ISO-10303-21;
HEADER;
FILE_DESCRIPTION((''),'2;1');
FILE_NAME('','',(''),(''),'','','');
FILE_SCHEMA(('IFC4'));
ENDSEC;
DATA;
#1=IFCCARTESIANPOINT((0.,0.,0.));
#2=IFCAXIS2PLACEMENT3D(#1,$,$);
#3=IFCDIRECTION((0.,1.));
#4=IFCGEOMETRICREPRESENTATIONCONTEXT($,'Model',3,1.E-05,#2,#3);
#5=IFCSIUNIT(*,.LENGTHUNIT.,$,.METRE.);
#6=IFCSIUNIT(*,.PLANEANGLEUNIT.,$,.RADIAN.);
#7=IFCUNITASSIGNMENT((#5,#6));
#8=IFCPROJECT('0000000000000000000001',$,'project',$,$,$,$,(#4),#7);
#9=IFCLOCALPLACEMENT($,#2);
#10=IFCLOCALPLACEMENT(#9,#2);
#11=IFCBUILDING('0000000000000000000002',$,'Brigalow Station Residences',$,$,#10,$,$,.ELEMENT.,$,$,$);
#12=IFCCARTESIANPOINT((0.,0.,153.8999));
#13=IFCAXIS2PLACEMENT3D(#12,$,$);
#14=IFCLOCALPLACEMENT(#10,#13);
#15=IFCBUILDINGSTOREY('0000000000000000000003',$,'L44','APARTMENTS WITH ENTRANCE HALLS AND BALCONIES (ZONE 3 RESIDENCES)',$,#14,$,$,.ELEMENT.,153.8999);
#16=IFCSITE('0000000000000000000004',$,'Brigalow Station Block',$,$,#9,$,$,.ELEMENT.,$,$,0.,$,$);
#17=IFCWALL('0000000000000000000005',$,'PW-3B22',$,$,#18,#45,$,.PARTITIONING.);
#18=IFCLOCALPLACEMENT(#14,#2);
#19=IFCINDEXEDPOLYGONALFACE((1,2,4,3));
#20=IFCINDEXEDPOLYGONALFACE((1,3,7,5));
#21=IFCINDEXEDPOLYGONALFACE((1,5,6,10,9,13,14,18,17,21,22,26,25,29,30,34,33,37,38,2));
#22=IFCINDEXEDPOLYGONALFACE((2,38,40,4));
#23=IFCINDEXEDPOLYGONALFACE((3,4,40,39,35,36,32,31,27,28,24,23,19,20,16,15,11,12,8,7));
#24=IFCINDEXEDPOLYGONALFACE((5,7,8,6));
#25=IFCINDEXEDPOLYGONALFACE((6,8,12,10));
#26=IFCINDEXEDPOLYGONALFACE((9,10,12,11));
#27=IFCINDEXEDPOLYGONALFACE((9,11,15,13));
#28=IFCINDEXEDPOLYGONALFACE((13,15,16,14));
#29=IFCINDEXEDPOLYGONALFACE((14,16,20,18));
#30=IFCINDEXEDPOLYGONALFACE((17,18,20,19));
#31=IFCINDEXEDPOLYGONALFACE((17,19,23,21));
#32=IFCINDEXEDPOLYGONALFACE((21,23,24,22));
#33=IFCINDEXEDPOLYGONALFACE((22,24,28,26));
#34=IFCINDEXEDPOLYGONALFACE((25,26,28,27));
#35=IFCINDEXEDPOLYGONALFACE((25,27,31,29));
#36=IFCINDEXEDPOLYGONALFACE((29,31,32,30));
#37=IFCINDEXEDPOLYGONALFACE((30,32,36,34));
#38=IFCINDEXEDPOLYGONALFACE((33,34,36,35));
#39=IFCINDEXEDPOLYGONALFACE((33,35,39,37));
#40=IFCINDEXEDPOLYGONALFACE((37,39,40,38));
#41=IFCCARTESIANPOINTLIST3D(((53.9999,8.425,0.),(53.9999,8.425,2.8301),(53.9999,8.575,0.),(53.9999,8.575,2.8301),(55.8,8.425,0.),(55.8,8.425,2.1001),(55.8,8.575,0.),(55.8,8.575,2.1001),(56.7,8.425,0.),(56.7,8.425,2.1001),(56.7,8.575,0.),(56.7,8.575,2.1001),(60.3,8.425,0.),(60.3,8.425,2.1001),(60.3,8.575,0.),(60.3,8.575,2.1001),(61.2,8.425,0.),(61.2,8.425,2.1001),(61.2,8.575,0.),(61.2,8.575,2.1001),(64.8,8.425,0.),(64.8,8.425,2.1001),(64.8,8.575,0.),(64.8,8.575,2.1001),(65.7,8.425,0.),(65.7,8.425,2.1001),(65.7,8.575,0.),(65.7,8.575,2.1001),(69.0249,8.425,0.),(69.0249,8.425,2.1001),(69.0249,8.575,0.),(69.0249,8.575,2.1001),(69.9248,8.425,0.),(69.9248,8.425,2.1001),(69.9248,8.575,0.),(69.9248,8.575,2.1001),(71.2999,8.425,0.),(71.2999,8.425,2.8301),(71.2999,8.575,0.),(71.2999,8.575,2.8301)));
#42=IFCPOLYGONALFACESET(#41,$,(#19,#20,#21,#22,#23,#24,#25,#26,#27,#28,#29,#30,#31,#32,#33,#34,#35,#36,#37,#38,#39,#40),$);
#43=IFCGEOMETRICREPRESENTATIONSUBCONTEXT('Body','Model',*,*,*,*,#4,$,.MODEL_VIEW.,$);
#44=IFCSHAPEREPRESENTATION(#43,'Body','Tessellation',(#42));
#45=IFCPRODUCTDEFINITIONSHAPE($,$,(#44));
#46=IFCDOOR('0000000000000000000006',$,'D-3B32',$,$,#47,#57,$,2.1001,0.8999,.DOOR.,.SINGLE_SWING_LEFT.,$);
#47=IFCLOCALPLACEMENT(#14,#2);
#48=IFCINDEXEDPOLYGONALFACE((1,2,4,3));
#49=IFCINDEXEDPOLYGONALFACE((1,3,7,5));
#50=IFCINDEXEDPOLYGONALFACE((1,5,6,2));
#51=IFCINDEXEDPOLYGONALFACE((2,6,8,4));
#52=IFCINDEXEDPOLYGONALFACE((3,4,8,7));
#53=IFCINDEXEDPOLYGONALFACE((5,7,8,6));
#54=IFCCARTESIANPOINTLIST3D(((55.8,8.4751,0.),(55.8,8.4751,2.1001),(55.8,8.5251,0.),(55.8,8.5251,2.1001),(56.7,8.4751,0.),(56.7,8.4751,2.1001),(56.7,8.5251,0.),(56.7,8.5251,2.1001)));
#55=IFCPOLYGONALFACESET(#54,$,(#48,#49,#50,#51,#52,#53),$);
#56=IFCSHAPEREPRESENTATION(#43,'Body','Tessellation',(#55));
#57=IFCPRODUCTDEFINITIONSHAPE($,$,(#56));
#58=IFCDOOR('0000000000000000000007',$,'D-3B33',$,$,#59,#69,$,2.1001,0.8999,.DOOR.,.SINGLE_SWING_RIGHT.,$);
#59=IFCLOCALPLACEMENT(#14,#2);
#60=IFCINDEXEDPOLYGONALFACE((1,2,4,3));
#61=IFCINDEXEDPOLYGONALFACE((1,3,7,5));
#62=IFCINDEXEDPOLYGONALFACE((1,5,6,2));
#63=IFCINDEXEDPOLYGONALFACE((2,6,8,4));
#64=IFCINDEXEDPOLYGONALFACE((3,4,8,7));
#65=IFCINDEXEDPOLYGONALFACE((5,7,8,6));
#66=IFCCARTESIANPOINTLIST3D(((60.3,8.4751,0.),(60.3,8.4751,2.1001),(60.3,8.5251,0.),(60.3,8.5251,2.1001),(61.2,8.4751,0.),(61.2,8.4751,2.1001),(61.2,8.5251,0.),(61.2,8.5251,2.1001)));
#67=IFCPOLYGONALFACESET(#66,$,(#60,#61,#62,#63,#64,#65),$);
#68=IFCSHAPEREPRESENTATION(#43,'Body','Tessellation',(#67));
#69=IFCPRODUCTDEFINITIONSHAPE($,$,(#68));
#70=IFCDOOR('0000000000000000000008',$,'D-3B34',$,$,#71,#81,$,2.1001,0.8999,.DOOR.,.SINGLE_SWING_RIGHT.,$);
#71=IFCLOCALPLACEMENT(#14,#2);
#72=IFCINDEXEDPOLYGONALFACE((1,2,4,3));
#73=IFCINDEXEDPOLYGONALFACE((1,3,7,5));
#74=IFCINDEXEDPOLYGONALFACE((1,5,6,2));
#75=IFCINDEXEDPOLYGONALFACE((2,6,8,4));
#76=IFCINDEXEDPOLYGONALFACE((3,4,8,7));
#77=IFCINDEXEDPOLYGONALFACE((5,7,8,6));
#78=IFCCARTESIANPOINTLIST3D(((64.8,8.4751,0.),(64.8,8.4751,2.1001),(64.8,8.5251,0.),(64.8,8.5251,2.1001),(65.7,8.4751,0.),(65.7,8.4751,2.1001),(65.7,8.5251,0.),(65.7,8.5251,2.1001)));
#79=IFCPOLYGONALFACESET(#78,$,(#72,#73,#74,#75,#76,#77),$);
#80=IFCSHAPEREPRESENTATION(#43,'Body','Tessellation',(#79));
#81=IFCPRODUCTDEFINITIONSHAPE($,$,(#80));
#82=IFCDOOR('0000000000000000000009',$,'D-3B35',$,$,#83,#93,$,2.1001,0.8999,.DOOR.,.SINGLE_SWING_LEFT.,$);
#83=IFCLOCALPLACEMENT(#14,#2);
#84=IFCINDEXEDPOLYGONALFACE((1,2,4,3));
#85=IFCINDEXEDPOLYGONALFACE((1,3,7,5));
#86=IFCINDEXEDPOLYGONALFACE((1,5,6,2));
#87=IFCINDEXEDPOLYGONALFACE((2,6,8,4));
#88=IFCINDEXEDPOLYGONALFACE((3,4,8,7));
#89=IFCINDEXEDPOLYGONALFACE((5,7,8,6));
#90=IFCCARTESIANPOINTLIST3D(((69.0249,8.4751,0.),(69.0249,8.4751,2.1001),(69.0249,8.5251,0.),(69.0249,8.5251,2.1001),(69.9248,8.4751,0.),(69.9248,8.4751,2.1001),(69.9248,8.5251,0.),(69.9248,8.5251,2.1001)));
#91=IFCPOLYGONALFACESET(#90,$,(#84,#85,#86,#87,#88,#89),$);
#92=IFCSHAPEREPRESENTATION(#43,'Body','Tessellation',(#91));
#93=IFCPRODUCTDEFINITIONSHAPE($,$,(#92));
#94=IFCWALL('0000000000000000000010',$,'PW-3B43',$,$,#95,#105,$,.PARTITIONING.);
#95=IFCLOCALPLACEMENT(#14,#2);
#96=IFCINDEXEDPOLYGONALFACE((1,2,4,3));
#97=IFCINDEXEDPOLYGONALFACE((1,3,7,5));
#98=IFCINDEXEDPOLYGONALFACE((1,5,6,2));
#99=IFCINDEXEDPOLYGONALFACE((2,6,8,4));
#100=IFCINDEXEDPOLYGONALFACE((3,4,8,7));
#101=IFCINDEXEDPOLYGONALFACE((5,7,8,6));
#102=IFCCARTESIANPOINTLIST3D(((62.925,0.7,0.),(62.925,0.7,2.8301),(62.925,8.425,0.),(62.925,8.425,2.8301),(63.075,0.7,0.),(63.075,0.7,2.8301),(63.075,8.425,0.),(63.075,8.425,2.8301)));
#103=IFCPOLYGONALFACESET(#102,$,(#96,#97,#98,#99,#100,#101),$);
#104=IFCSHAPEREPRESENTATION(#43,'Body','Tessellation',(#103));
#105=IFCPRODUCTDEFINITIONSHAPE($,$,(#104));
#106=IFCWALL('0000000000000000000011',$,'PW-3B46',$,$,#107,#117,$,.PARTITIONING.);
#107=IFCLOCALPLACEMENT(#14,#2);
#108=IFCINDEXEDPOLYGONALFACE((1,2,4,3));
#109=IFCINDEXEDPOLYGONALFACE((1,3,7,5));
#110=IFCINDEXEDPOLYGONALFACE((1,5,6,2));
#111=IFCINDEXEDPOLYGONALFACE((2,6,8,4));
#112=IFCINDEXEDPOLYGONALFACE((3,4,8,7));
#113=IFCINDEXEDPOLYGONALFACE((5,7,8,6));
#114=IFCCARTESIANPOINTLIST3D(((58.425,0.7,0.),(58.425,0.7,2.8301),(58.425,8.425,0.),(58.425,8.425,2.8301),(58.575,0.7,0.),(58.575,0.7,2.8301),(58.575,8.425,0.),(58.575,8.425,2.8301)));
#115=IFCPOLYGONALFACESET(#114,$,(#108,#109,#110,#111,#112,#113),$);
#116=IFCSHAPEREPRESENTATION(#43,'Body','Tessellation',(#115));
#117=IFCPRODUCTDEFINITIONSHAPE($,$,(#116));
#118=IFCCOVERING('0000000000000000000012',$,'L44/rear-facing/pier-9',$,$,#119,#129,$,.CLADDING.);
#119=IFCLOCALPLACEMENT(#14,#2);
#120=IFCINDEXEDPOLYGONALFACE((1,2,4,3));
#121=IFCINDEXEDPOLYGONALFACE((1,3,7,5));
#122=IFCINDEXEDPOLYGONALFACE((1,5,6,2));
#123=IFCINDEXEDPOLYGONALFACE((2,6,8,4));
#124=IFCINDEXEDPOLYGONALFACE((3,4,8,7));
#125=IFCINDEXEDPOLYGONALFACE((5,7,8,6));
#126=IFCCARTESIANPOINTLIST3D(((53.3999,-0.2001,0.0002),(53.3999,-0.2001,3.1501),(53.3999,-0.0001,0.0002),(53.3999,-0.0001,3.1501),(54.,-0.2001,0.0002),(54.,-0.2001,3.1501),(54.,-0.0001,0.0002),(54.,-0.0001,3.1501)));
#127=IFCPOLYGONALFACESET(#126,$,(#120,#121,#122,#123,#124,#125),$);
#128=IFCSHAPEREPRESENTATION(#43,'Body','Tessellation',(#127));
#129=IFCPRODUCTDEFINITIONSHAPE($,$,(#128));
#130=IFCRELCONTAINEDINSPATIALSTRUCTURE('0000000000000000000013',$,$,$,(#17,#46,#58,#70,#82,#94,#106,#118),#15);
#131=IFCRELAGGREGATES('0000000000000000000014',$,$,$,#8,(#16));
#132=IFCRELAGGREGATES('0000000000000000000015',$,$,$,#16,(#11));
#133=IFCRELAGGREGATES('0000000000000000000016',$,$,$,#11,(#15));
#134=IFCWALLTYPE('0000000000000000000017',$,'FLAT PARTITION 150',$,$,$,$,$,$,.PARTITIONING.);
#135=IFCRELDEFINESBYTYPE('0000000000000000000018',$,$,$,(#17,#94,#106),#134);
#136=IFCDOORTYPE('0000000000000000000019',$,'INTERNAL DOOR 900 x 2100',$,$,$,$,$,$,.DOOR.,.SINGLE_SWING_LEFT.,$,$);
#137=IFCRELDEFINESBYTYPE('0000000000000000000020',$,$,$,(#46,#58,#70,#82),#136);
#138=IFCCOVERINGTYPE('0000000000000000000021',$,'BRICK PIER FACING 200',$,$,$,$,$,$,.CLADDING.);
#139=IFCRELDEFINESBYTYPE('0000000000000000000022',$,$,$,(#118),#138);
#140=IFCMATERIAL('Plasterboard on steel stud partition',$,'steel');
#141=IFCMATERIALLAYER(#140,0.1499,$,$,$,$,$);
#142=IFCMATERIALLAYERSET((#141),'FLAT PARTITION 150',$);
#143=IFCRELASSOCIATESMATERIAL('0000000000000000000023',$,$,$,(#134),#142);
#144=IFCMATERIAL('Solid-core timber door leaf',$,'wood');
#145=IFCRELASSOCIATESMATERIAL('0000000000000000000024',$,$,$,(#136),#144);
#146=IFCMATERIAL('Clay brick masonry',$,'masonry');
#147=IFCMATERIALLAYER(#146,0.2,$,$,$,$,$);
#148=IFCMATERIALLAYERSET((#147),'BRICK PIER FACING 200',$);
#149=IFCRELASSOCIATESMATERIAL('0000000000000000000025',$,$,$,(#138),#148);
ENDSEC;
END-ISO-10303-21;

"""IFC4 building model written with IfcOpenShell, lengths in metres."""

from ifc_helpers import new_model, si_unit, direction, frame, frame_2d, origin, origin_2d, place, context, subcontext, project, spatial, rectangle, extrude, material, layer, layer_set, type_object, element, fill, save


model = new_model("IFC4")

# Units and contexts
model_context = context("Model", 3, precision=1e-05, world=origin(), true_north=direction((0.0, 1.0)))
body_context = subcontext(model_context, "Body", "Model", "MODEL_VIEW")
ifc_project = project(units=[si_unit("LENGTHUNIT", "METRE"), si_unit("PLANEANGLEUNIT", "RADIAN")], contexts=[model_context])

# Site, building, storey
site_placement = place(None, origin())
site = spatial("IfcSite", under=ifc_project, at=site_placement, Name="Brigalow Station Block", CompositionType="ELEMENT", RefElevation=0.0)
building_placement = place(site_placement, origin())
building = spatial("IfcBuilding", under=site, at=building_placement, Name="Brigalow Station Residences", CompositionType="ELEMENT")
storey_placement = place(building_placement, frame((0.0, 0.0, 153.8999)))
storey = spatial("IfcBuildingStorey", under=building, at=storey_placement, Name="L44", Description="APARTMENTS WITH ENTRANCE HALLS AND BALCONIES (ZONE 3 RESIDENCES)", CompositionType="ELEMENT", Elevation=153.8999)

# Wall, openings, doors
ifc_material_1 = material(Name="Plasterboard on steel stud partition", Category="steel")
ifc_layer_1 = layer(ifc_material_1, 0.1499)
ifc_layer_set_1 = layer_set([ifc_layer_1], Name="FLAT PARTITION 150")
wall_type_1 = type_object("IfcWallType", Name="FLAT PARTITION 150", PredefinedType="PARTITIONING", material=ifc_layer_set_1)
wall_1_placement = place(storey_placement, frame((54.0, 8.5, 0.0), z_axis=(0.0, 0.0, 1.0), x_axis=(1.0, 0.0, 0.0)))
wall_1 = element("IfcWall", 1, at=wall_1_placement, inside=storey, type_object=wall_type_1, Name="PW-3B22", PredefinedType="PARTITIONING", context=body_context, shape_type="SweptSolid", body=[
    extrude(rectangle(XDim=17.3, YDim=0.1499, at=frame_2d((8.6499, 0.0))), origin(), (0.0, 0.0, 1.0), 2.8301),
])
opening_1_placement = place(wall_1_placement, frame((1.8, 0.0, 0.0)))
opening_1 = element("IfcOpeningElement", 2, at=opening_1_placement, cuts=wall_1, PredefinedType="OPENING", context=body_context, shape_type="SweptSolid", body=[
    extrude(rectangle(XDim=0.8999, YDim=2.1001, at=frame_2d((0.45, 1.05))), frame((0.0, 0.085, 0.0), z_axis=(0.0, -1.0, 0.0), x_axis=(1.0, 0.0, 0.0)), (0.0, 0.0, 1.0), 0.1699),
])
opening_2_placement = place(wall_1_placement, frame((6.3, 0.0, 0.0)))
opening_2 = element("IfcOpeningElement", 3, at=opening_2_placement, cuts=wall_1, PredefinedType="OPENING", context=body_context, shape_type="SweptSolid", body=[
    extrude(rectangle(XDim=0.8999, YDim=2.1001, at=frame_2d((0.45, 1.05))), frame((0.0, 0.085, 0.0), z_axis=(0.0, -1.0, 0.0), x_axis=(1.0, 0.0, 0.0)), (0.0, 0.0, 1.0), 0.1699),
])
opening_3_placement = place(wall_1_placement, frame((10.8, 0.0, 0.0)))
opening_3 = element("IfcOpeningElement", 4, at=opening_3_placement, cuts=wall_1, PredefinedType="OPENING", context=body_context, shape_type="SweptSolid", body=[
    extrude(rectangle(XDim=0.8999, YDim=2.1001, at=frame_2d((0.45, 1.05))), frame((0.0, 0.085, 0.0), z_axis=(0.0, -1.0, 0.0), x_axis=(1.0, 0.0, 0.0)), (0.0, 0.0, 1.0), 0.1699),
])
opening_4_placement = place(wall_1_placement, frame((15.0249, 0.0, 0.0)))
opening_4 = element("IfcOpeningElement", 5, at=opening_4_placement, cuts=wall_1, PredefinedType="OPENING", context=body_context, shape_type="SweptSolid", body=[
    extrude(rectangle(XDim=0.8999, YDim=2.1001, at=frame_2d((0.45, 1.05))), frame((0.0, 0.085, 0.0), z_axis=(0.0, -1.0, 0.0), x_axis=(1.0, 0.0, 0.0)), (0.0, 0.0, 1.0), 0.1699),
])
ifc_material_2 = material(Name="Solid-core timber door leaf", Category="wood")
door_type = type_object("IfcDoorType", Name="INTERNAL DOOR 900 x 2100", OperationType="SINGLE_SWING_LEFT", PredefinedType="DOOR", material=ifc_material_2)
door_1_placement = place(opening_1_placement, frame((0.8999, 0.0, 0.0), z_axis=(0.0, 0.0, 1.0), x_axis=(-1.0, 0.0, 0.0)))
door_1 = element("IfcDoor", 6, at=door_1_placement, inside=storey, type_object=door_type, Name="D-3B32", OperationType="SINGLE_SWING_LEFT", OverallHeight=2.1001, OverallWidth=0.8999, PredefinedType="DOOR", context=body_context, shape_type="SweptSolid", body=[
    extrude(rectangle(XDim=0.8999, YDim=2.1001, at=frame_2d((0.45, 1.05))), frame((0.0, 0.0249, 0.0), z_axis=(0.0, -1.0, 0.0), x_axis=(1.0, 0.0, 0.0)), (0.0, 0.0, 1.0), 0.05),
])
fill(opening_1, door_1)
door_2_placement = place(opening_2_placement, frame((0.8999, 0.0, 0.0), z_axis=(0.0, 0.0, 1.0), x_axis=(-1.0, 0.0, 0.0)))
door_2 = element("IfcDoor", 7, at=door_2_placement, inside=storey, type_object=door_type, Name="D-3B33", OperationType="SINGLE_SWING_RIGHT", OverallHeight=2.1001, OverallWidth=0.8999, PredefinedType="DOOR", context=body_context, shape_type="SweptSolid", body=[
    extrude(rectangle(XDim=0.8999, YDim=2.1001, at=frame_2d((0.45, 1.05))), frame((0.0, 0.0249, 0.0), z_axis=(0.0, -1.0, 0.0), x_axis=(1.0, 0.0, 0.0)), (0.0, 0.0, 1.0), 0.05),
])
fill(opening_2, door_2)
door_3_placement = place(opening_3_placement, frame((0.8999, 0.0, 0.0), z_axis=(0.0, 0.0, 1.0), x_axis=(-1.0, 0.0, 0.0)))
door_3 = element("IfcDoor", 8, at=door_3_placement, inside=storey, type_object=door_type, Name="D-3B34", OperationType="SINGLE_SWING_RIGHT", OverallHeight=2.1001, OverallWidth=0.8999, PredefinedType="DOOR", context=body_context, shape_type="SweptSolid", body=[
    extrude(rectangle(XDim=0.8999, YDim=2.1001, at=frame_2d((0.45, 1.05))), frame((0.0, 0.0249, 0.0), z_axis=(0.0, -1.0, 0.0), x_axis=(1.0, 0.0, 0.0)), (0.0, 0.0, 1.0), 0.05),
])
fill(opening_3, door_3)
door_4_placement = place(opening_4_placement, frame((0.8999, 0.0, 0.0), z_axis=(0.0, 0.0, 1.0), x_axis=(-1.0, 0.0, 0.0)))
door_4 = element("IfcDoor", 9, at=door_4_placement, inside=storey, type_object=door_type, Name="D-3B35", OperationType="SINGLE_SWING_LEFT", OverallHeight=2.1001, OverallWidth=0.8999, PredefinedType="DOOR", context=body_context, shape_type="SweptSolid", body=[
    extrude(rectangle(XDim=0.8999, YDim=2.1001, at=frame_2d((0.45, 1.05))), frame((0.0, 0.0249, 0.0), z_axis=(0.0, -1.0, 0.0), x_axis=(1.0, 0.0, 0.0)), (0.0, 0.0, 1.0), 0.05),
])
fill(opening_4, door_4)

# Walls
for number, where, z_axis, x_axis, name in (
    (10, (63.0, 0.7, 0.0), (0.0, 0.0, 1.0), (0.0, 1.0, 0.0), "PW-3B43"),
    (11, (58.5, 0.7, 0.0), (0.0, 0.0, 1.0), (0.0, 1.0, 0.0), "PW-3B46"),
):
    element("IfcWall", number, at=place(storey_placement, frame(where, z_axis=z_axis, x_axis=x_axis)), inside=storey, type_object=wall_type_1, Name=name, PredefinedType="PARTITIONING", context=body_context, shape_type="SweptSolid", body=[
        extrude(rectangle(XDim=7.7251, YDim=0.1499, at=frame_2d((3.8625, 0.0))), origin(), (0.0, 0.0, 1.0), 2.8301),
    ])

# Covering
ifc_material_3 = material(Name="Clay brick masonry", Category="masonry")
ifc_layer_2 = layer(ifc_material_3, 0.2)
ifc_layer_set_2 = layer_set([ifc_layer_2], Name="BRICK PIER FACING 200")
covering_type = type_object("IfcCoveringType", Name="BRICK PIER FACING 200", PredefinedType="CLADDING", material=ifc_layer_set_2)
covering_placement = place(storey_placement, frame((53.7, -0.1001, 0.0002), z_axis=(0.0, 0.0, 1.0), x_axis=(1.0, 0.0, 0.0)))
element("IfcCovering", 12, at=covering_placement, inside=storey, type_object=covering_type, Name="L44/rear-facing/pier-9", PredefinedType="CLADDING", context=body_context, shape_type="SweptSolid", body=[
    extrude(rectangle(XDim=0.6001, YDim=0.2, at=origin_2d()), origin(), (0.0, 0.0, 1.0), 3.1499),
])

save(model, "model.ifc")
